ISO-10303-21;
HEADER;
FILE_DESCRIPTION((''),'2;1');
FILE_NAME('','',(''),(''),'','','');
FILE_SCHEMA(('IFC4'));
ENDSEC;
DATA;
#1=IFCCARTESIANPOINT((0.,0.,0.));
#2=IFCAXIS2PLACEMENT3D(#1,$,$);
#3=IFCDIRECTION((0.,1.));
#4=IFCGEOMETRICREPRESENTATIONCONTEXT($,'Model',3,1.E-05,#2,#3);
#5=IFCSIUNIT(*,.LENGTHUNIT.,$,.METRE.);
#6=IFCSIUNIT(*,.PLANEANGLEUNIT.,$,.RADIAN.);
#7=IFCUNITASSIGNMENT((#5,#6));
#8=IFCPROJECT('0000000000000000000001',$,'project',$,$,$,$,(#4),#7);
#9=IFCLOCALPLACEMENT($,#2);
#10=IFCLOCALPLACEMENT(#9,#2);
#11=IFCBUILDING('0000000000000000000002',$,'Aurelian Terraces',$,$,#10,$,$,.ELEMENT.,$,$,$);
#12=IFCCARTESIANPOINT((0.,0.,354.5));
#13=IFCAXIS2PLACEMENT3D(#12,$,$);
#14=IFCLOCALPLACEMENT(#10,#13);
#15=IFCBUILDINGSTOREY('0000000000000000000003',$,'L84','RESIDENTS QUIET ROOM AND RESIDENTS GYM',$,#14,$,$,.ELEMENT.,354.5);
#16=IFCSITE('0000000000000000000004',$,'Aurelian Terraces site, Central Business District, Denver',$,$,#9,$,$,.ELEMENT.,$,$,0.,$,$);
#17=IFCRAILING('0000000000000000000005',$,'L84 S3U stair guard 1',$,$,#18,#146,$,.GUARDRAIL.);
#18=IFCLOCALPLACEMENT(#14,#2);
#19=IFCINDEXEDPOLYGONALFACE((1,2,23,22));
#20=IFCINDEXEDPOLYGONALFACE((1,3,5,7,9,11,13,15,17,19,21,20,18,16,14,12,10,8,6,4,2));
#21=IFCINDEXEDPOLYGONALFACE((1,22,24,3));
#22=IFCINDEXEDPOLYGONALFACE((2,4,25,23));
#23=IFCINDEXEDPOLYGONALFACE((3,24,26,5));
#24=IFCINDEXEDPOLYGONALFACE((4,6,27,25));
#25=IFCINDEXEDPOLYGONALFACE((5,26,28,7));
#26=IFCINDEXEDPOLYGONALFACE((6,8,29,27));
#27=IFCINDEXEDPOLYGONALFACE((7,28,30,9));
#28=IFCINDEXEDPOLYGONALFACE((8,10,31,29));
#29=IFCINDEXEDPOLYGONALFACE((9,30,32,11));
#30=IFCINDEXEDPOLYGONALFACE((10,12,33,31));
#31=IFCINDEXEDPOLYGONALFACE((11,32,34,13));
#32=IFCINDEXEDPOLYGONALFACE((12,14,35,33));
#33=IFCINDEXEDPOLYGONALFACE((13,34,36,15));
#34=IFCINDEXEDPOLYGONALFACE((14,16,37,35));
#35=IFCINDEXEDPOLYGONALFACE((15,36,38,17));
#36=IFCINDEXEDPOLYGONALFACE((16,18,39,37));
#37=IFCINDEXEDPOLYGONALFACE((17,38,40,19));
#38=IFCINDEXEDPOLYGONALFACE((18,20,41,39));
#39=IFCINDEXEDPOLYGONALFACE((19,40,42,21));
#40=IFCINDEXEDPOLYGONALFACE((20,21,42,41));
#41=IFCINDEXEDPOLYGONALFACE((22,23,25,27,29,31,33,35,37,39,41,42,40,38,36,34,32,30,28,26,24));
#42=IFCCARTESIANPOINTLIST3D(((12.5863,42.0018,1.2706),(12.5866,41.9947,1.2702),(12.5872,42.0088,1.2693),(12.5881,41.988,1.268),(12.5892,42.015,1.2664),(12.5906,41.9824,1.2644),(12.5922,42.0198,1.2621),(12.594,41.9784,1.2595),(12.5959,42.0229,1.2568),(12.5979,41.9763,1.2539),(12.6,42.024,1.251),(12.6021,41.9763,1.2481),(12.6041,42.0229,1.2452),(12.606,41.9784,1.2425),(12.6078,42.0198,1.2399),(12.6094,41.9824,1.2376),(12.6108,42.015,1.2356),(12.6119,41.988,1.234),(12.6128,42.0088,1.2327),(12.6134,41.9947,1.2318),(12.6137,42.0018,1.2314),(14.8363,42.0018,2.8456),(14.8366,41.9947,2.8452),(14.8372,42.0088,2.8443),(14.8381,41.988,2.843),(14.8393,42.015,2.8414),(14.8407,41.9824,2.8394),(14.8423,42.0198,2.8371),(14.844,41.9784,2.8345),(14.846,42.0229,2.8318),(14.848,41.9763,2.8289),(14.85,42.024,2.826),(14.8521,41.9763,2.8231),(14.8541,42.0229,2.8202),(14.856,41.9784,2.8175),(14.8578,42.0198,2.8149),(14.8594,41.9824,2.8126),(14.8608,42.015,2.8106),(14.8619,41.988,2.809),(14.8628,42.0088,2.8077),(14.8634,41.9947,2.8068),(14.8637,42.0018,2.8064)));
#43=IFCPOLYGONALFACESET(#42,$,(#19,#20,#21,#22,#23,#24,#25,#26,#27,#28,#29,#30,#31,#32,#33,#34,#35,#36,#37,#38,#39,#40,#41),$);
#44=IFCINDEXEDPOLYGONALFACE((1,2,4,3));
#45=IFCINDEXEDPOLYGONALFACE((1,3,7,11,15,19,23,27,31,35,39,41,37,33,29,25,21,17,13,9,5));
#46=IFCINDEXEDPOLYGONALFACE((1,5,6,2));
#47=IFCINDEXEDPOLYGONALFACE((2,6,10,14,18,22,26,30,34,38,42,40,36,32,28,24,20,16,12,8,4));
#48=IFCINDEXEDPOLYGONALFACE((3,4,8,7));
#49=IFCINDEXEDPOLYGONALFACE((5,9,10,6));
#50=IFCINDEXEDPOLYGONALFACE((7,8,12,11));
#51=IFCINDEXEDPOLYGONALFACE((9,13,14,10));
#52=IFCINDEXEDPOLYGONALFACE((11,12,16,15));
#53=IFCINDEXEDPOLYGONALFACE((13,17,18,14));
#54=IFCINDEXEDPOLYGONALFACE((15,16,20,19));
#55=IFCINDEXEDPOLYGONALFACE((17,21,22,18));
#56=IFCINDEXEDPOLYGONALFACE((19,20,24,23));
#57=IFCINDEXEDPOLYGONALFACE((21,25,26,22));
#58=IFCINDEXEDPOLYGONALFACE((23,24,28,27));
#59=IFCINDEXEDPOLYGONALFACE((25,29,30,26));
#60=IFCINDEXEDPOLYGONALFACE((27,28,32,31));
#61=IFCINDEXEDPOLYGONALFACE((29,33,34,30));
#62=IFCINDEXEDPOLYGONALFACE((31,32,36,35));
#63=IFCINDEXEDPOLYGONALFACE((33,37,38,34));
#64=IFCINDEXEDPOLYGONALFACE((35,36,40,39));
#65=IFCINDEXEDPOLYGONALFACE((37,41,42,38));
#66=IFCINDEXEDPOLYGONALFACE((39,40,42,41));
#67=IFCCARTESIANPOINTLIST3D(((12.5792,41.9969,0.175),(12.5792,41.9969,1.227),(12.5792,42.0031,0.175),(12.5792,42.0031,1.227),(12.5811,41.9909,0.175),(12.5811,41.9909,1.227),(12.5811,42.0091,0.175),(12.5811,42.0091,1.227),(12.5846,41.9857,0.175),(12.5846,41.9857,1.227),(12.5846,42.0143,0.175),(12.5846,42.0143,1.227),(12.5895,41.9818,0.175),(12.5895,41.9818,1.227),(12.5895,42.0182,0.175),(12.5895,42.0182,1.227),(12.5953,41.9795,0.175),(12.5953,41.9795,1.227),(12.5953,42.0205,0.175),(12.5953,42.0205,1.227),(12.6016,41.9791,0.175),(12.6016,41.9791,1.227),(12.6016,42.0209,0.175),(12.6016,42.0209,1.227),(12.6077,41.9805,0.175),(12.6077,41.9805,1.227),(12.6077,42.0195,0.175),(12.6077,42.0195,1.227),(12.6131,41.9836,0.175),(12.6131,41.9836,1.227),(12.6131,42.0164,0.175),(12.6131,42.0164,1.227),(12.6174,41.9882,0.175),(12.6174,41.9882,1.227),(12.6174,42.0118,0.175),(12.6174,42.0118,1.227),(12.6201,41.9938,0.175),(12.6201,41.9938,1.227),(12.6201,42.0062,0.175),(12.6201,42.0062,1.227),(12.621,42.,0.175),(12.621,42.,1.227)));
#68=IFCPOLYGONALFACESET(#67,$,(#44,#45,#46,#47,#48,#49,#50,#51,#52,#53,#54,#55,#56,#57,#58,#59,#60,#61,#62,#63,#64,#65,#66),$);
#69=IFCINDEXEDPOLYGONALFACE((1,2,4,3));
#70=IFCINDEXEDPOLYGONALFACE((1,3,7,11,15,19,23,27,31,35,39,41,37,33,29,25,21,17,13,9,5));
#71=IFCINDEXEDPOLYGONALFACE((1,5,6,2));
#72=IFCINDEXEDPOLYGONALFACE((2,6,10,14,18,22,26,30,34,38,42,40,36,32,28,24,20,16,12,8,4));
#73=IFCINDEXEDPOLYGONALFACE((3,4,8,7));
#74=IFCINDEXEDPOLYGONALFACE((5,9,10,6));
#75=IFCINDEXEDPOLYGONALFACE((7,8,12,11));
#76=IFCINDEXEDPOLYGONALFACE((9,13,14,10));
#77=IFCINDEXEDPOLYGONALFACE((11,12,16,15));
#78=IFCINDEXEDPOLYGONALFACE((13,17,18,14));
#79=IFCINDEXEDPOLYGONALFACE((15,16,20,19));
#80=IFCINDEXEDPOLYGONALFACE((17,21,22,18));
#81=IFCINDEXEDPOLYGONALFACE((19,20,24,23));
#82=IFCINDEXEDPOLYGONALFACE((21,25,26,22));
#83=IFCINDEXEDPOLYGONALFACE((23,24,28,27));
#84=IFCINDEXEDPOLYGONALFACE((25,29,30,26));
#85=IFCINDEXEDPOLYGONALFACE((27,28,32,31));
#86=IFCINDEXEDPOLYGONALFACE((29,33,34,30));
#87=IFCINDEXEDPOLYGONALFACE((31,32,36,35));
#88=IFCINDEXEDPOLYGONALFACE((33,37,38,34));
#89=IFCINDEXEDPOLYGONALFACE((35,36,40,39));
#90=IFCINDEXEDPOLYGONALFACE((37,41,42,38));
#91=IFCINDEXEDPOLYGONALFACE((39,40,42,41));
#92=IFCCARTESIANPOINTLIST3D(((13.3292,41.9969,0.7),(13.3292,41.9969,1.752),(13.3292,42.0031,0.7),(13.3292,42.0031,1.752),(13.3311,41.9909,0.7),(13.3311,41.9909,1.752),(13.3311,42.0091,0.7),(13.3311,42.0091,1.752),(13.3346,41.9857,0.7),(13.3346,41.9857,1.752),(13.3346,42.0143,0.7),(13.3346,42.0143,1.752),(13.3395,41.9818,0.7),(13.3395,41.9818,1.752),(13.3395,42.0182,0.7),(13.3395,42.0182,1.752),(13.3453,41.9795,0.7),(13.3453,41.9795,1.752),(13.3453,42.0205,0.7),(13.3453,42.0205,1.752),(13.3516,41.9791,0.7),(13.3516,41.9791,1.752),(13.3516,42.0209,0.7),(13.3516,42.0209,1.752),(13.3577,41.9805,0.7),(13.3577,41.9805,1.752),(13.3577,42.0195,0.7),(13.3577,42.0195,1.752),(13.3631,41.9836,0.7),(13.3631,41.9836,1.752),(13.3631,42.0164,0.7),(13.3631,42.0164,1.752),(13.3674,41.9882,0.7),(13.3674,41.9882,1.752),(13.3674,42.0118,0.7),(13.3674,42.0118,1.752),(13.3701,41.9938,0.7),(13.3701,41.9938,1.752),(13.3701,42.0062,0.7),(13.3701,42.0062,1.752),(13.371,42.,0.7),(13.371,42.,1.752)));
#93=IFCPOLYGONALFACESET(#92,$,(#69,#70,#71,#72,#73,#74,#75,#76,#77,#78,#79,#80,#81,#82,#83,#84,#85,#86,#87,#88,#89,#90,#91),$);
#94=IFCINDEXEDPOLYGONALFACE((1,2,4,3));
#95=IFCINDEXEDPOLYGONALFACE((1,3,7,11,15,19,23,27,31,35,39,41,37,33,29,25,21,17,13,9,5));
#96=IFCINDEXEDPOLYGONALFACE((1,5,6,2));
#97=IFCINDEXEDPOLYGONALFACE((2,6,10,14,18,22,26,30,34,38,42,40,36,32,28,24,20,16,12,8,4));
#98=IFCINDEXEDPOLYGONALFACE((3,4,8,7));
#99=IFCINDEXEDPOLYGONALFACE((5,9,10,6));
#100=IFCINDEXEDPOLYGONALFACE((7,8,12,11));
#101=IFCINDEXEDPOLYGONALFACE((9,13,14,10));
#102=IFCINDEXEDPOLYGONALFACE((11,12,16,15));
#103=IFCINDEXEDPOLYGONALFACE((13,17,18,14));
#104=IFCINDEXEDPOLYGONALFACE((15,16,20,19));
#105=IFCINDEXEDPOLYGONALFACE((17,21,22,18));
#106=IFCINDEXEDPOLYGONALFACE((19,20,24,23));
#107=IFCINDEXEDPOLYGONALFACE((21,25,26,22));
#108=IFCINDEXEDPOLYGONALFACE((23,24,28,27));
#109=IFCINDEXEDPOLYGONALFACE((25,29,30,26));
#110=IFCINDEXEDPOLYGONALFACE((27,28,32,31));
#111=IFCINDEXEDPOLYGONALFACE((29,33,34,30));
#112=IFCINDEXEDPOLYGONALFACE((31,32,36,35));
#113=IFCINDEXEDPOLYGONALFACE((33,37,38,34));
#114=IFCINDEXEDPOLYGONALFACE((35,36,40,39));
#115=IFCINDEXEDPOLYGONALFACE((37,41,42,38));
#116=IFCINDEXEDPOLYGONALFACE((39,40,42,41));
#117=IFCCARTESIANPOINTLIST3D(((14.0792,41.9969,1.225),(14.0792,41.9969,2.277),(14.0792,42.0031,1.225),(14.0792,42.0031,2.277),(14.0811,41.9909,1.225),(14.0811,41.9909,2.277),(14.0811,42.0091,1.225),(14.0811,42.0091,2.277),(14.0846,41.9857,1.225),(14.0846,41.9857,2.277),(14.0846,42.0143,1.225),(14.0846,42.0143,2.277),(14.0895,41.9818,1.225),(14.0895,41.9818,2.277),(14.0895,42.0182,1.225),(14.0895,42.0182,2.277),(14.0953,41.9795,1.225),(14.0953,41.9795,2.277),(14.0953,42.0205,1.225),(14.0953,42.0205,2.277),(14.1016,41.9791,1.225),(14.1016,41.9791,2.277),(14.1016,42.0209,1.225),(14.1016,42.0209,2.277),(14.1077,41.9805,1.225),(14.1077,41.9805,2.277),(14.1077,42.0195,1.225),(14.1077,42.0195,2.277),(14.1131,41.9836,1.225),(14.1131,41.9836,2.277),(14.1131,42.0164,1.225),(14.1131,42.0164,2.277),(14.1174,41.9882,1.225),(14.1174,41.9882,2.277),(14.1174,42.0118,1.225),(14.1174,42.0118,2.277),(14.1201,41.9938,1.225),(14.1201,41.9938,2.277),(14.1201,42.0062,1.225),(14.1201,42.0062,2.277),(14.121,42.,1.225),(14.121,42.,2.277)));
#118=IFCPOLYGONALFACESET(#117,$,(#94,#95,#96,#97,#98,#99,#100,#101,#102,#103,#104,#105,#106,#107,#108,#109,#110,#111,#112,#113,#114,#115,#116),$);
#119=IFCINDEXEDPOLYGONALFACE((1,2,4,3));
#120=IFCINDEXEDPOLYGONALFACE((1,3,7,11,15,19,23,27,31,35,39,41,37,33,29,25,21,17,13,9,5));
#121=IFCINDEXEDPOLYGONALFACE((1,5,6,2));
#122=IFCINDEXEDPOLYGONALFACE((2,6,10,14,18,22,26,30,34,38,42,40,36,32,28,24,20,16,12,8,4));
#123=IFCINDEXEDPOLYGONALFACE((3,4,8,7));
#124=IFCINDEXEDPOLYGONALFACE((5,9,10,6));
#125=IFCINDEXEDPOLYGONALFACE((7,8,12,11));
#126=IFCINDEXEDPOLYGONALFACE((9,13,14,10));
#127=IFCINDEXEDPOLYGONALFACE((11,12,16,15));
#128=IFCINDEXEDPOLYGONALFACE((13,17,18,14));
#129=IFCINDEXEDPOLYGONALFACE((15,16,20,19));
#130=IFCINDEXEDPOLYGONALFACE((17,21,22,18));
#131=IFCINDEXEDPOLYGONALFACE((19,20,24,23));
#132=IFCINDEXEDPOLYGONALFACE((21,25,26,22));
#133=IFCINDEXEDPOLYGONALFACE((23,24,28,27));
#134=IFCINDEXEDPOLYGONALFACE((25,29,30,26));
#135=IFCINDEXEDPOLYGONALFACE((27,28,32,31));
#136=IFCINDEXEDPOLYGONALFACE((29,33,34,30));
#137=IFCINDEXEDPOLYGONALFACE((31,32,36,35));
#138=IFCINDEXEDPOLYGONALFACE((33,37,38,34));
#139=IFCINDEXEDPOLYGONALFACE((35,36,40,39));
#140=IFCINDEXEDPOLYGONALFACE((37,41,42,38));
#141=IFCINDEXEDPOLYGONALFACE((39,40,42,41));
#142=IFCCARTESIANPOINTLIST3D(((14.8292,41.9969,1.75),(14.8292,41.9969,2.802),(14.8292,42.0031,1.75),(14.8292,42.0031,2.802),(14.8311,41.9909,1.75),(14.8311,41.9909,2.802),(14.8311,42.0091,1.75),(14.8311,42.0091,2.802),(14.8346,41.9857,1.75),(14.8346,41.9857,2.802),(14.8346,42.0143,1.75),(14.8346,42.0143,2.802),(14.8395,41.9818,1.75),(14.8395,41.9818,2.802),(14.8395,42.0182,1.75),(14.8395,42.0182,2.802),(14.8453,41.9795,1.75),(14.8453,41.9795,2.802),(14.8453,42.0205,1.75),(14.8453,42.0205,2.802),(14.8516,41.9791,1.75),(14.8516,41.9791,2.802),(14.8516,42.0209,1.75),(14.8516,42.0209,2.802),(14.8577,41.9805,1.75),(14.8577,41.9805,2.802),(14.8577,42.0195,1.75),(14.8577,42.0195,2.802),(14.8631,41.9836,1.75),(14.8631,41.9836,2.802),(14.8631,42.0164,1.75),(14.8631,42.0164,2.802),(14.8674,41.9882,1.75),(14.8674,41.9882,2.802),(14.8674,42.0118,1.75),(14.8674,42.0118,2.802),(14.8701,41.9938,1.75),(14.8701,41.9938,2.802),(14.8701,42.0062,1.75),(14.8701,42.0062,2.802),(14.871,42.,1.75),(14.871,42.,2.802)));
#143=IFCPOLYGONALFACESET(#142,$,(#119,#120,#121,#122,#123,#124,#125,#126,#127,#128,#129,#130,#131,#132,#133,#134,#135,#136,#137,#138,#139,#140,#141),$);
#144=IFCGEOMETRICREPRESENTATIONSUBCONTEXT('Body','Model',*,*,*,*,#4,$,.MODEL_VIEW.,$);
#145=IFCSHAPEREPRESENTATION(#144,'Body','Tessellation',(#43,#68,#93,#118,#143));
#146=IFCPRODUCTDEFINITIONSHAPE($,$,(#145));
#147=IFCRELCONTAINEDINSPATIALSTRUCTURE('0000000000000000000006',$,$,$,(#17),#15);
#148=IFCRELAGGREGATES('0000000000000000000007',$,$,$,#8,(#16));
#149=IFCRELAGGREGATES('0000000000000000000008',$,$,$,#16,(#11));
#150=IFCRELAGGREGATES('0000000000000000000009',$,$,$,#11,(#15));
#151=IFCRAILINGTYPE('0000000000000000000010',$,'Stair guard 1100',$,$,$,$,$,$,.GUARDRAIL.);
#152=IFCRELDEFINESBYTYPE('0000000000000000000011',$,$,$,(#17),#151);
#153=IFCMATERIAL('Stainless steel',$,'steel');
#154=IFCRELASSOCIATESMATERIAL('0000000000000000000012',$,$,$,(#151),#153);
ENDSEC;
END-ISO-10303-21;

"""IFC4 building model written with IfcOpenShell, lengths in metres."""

from ifc_helpers import new_model, si_unit, direction, frame, origin, origin_2d, place, context, subcontext, project, spatial, circle, extrude, source, transform, mapped, material, type_object, element, save


model = new_model("IFC4")

# Units and contexts
model_context = context("Model", 3, precision=1e-05, world=origin(), true_north=direction((0.0, 1.0)))
body_context = subcontext(model_context, "Body", "Model", "MODEL_VIEW")
ifc_project = project(units=[si_unit("LENGTHUNIT", "METRE"), si_unit("PLANEANGLEUNIT", "RADIAN")], contexts=[model_context])

# Site, building, storey
site_placement = place(None, origin())
site = spatial("IfcSite", under=ifc_project, at=site_placement, Name="Aurelian Terraces site, Central Business District, Denver", CompositionType="ELEMENT", RefElevation=0.0)
building_placement = place(site_placement, origin())
building = spatial("IfcBuilding", under=site, at=building_placement, Name="Aurelian Terraces", CompositionType="ELEMENT")
storey_placement = place(building_placement, frame((0.0, 0.0, 354.5)))
storey = spatial("IfcBuildingStorey", under=building, at=storey_placement, Name="L84", Description="RESIDENTS QUIET ROOM AND RESIDENTS GYM", CompositionType="ELEMENT", Elevation=354.5)

# Railing
ifc_material_1 = material(Name="Stainless steel", Category="steel")
railing_type_1 = type_object("IfcRailingType", Name="Stair guard 1100", PredefinedType="GUARDRAIL", material=ifc_material_1)
shared_shape_1 = source(origin(), body_context, "Body", "SweptSolid", [
    extrude(circle(Radius=0.024, at=origin_2d()), frame((0.0, 0.0, 1.076), z_axis=(0.819232, 0.0, 0.573462), x_axis=(0.0, 1.0, 0.0)), (0.0, 0.0, 1.0), 2.7465),
    extrude(circle(Radius=0.021, at=origin_2d()), origin(), (0.0, 0.0, 1.0), 1.052),
    extrude(circle(Radius=0.021, at=origin_2d()), frame((0.75, 0.0, 0.525)), (0.0, 0.0, 1.0), 1.052),
    extrude(circle(Radius=0.021, at=origin_2d()), frame((1.5, 0.0, 1.05)), (0.0, 0.0, 1.0), 1.052),
    extrude(circle(Radius=0.021, at=origin_2d()), frame((2.25, 0.0, 1.575)), (0.0, 0.0, 1.0), 1.052),
])
railing_1_placement = place(storey_placement, frame((12.6, 42.0, 0.175)))
element("IfcRailing", 1, at=railing_1_placement, inside=storey, type_object=railing_type_1, Name="L84 S3U stair guard 1", PredefinedType="GUARDRAIL", context=body_context, shape_type="MappedRepresentation", body=[
    mapped(shared_shape_1, transform((0.0, 0.0, 0.0), scale=1.0)),
])

save(model, "model.ifc")
